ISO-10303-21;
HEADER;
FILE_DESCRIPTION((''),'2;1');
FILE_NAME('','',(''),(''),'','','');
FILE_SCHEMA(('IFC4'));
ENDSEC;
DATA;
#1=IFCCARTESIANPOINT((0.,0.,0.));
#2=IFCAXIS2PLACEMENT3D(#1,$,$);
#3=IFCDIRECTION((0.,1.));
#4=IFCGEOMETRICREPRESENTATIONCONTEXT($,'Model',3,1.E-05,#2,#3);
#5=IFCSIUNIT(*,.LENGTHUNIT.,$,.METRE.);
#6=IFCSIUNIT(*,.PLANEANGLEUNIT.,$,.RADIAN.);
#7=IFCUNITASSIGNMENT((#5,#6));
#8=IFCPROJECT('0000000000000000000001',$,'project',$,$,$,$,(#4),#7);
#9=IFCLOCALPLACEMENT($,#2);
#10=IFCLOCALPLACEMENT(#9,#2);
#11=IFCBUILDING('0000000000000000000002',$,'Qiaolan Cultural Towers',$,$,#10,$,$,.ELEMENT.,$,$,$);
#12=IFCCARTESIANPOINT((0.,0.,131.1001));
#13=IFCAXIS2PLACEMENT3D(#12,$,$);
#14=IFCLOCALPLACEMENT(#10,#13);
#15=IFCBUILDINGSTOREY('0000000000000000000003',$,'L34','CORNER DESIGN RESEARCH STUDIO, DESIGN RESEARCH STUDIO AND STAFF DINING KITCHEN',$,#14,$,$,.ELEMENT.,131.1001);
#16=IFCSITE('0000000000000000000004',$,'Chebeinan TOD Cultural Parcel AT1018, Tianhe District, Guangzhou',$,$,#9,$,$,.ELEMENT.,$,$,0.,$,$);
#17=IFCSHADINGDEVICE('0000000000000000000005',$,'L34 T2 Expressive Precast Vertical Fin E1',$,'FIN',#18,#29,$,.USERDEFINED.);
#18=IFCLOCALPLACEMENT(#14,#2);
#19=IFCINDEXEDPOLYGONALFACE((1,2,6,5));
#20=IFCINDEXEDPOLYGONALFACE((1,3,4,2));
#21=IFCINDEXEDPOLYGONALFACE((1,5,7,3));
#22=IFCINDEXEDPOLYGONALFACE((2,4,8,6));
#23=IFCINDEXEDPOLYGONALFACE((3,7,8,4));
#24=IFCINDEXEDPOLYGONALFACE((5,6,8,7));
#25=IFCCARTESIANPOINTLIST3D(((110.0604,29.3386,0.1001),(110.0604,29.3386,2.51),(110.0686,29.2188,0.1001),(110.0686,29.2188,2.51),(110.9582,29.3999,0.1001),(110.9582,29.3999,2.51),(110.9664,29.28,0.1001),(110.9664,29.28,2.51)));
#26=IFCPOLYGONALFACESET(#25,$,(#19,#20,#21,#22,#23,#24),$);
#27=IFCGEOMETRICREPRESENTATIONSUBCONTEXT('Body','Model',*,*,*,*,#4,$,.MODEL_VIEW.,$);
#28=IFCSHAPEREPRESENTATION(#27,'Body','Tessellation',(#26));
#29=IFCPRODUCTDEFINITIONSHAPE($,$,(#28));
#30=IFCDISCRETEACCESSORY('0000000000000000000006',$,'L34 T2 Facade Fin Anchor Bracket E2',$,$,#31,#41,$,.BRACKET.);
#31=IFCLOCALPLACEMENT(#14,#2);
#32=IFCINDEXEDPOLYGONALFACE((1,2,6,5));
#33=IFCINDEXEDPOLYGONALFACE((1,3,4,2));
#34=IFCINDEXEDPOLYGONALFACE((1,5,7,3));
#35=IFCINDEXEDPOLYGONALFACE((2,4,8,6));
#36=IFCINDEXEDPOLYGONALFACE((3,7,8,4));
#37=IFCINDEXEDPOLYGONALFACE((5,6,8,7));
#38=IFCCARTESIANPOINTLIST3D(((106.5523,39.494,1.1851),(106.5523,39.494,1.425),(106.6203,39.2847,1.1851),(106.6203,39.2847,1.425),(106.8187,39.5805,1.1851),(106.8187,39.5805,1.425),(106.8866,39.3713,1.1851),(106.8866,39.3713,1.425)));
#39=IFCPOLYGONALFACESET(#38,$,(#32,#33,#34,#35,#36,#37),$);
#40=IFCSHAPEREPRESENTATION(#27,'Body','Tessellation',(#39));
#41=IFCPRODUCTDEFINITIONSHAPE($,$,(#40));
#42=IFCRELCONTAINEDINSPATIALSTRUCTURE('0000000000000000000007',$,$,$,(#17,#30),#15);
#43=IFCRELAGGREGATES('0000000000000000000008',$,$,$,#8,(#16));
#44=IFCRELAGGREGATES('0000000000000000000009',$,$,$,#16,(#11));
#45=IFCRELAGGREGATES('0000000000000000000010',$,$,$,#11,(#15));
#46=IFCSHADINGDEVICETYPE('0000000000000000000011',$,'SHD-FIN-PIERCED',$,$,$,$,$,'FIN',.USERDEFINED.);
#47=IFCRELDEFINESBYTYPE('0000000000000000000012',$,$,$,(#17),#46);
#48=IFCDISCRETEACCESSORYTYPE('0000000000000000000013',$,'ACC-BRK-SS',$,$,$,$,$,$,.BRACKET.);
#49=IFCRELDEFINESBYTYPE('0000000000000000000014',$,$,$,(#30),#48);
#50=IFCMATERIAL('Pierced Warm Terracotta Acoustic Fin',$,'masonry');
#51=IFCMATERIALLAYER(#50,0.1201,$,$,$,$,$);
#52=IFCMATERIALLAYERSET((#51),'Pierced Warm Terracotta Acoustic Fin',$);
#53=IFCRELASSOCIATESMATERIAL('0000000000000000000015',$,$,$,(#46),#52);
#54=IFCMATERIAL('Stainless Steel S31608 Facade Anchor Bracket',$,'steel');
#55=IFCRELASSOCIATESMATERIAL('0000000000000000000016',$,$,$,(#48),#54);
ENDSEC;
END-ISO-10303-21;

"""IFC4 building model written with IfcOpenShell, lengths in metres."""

from ifc_helpers import new_model, si_unit, direction, frame, origin, origin_2d, place, context, subcontext, project, spatial, rectangle, extrude, material, layer, layer_set, type_object, element, save


model = new_model("IFC4")

# Units and contexts
model_context = context("Model", 3, precision=1e-05, world=origin(), true_north=direction((0.0, 1.0)))
body_context = subcontext(model_context, "Body", "Model", "MODEL_VIEW")
ifc_project = project(units=[si_unit("LENGTHUNIT", "METRE"), si_unit("PLANEANGLEUNIT", "RADIAN")], contexts=[model_context])

# Site, building, storey
site_placement = place(None, origin())
site = spatial("IfcSite", under=ifc_project, at=site_placement, Name="Chebeinan TOD Cultural Parcel AT1018, Tianhe District, Guangzhou", CompositionType="ELEMENT", RefElevation=0.0)
building_placement = place(site_placement, origin())
building = spatial("IfcBuilding", under=site, at=building_placement, Name="Qiaolan Cultural Towers", CompositionType="ELEMENT")
storey_placement = place(building_placement, frame((0.0, 0.0, 131.1001)))
storey = spatial("IfcBuildingStorey", under=building, at=storey_placement, Name="L34", Description="CORNER DESIGN RESEARCH STUDIO, DESIGN RESEARCH STUDIO AND STAFF DINING KITCHEN", CompositionType="ELEMENT", Elevation=131.1001)

# Shading device
ifc_material_1 = material(Name="Pierced Warm Terracotta Acoustic Fin", Category="masonry")
ifc_layer_1 = layer(ifc_material_1, 0.1201)
ifc_layer_set_1 = layer_set([ifc_layer_1], Name="Pierced Warm Terracotta Acoustic Fin")
shading_device_type = type_object("IfcShadingDeviceType", Name="SHD-FIN-PIERCED", ElementType="FIN", PredefinedType="USERDEFINED", material=ifc_layer_set_1)
shading_device_placement = place(storey_placement, frame((110.5134, 29.3093, 0.1001), z_axis=(0.0, 0.0, 1.0), x_axis=(0.997679, 0.068096, 0.0)))
element("IfcShadingDevice", 1, at=shading_device_placement, inside=storey, type_object=shading_device_type, Name="L34 T2 Expressive Precast Vertical Fin E1", ObjectType="FIN", PredefinedType="USERDEFINED", context=body_context, shape_type="SweptSolid", body=[
    extrude(rectangle(XDim=0.8999, YDim=0.1201, at=origin_2d()), origin(), (0.0, 0.0, 1.0), 2.4099),
])

# Discrete accessory
ifc_material_2 = material(Name="Stainless Steel S31608 Facade Anchor Bracket", Category="steel")
discrete_accessory_type = type_object("IfcDiscreteAccessoryType", Name="ACC-BRK-SS", PredefinedType="BRACKET", material=ifc_material_2)
discrete_accessory_placement = place(storey_placement, frame((106.7195, 39.4326, 1.1851), z_axis=(0.0, 0.0, 1.0), x_axis=(0.951057, 0.309017, 0.0)))
element("IfcDiscreteAccessory", 2, at=discrete_accessory_placement, inside=storey, type_object=discrete_accessory_type, Name="L34 T2 Facade Fin Anchor Bracket E2", PredefinedType="BRACKET", context=body_context, shape_type="SweptSolid", body=[
    extrude(rectangle(XDim=0.28, YDim=0.22, at=origin_2d()), origin(), (0.0, 0.0, 1.0), 0.24),
])

save(model, "model.ifc")
